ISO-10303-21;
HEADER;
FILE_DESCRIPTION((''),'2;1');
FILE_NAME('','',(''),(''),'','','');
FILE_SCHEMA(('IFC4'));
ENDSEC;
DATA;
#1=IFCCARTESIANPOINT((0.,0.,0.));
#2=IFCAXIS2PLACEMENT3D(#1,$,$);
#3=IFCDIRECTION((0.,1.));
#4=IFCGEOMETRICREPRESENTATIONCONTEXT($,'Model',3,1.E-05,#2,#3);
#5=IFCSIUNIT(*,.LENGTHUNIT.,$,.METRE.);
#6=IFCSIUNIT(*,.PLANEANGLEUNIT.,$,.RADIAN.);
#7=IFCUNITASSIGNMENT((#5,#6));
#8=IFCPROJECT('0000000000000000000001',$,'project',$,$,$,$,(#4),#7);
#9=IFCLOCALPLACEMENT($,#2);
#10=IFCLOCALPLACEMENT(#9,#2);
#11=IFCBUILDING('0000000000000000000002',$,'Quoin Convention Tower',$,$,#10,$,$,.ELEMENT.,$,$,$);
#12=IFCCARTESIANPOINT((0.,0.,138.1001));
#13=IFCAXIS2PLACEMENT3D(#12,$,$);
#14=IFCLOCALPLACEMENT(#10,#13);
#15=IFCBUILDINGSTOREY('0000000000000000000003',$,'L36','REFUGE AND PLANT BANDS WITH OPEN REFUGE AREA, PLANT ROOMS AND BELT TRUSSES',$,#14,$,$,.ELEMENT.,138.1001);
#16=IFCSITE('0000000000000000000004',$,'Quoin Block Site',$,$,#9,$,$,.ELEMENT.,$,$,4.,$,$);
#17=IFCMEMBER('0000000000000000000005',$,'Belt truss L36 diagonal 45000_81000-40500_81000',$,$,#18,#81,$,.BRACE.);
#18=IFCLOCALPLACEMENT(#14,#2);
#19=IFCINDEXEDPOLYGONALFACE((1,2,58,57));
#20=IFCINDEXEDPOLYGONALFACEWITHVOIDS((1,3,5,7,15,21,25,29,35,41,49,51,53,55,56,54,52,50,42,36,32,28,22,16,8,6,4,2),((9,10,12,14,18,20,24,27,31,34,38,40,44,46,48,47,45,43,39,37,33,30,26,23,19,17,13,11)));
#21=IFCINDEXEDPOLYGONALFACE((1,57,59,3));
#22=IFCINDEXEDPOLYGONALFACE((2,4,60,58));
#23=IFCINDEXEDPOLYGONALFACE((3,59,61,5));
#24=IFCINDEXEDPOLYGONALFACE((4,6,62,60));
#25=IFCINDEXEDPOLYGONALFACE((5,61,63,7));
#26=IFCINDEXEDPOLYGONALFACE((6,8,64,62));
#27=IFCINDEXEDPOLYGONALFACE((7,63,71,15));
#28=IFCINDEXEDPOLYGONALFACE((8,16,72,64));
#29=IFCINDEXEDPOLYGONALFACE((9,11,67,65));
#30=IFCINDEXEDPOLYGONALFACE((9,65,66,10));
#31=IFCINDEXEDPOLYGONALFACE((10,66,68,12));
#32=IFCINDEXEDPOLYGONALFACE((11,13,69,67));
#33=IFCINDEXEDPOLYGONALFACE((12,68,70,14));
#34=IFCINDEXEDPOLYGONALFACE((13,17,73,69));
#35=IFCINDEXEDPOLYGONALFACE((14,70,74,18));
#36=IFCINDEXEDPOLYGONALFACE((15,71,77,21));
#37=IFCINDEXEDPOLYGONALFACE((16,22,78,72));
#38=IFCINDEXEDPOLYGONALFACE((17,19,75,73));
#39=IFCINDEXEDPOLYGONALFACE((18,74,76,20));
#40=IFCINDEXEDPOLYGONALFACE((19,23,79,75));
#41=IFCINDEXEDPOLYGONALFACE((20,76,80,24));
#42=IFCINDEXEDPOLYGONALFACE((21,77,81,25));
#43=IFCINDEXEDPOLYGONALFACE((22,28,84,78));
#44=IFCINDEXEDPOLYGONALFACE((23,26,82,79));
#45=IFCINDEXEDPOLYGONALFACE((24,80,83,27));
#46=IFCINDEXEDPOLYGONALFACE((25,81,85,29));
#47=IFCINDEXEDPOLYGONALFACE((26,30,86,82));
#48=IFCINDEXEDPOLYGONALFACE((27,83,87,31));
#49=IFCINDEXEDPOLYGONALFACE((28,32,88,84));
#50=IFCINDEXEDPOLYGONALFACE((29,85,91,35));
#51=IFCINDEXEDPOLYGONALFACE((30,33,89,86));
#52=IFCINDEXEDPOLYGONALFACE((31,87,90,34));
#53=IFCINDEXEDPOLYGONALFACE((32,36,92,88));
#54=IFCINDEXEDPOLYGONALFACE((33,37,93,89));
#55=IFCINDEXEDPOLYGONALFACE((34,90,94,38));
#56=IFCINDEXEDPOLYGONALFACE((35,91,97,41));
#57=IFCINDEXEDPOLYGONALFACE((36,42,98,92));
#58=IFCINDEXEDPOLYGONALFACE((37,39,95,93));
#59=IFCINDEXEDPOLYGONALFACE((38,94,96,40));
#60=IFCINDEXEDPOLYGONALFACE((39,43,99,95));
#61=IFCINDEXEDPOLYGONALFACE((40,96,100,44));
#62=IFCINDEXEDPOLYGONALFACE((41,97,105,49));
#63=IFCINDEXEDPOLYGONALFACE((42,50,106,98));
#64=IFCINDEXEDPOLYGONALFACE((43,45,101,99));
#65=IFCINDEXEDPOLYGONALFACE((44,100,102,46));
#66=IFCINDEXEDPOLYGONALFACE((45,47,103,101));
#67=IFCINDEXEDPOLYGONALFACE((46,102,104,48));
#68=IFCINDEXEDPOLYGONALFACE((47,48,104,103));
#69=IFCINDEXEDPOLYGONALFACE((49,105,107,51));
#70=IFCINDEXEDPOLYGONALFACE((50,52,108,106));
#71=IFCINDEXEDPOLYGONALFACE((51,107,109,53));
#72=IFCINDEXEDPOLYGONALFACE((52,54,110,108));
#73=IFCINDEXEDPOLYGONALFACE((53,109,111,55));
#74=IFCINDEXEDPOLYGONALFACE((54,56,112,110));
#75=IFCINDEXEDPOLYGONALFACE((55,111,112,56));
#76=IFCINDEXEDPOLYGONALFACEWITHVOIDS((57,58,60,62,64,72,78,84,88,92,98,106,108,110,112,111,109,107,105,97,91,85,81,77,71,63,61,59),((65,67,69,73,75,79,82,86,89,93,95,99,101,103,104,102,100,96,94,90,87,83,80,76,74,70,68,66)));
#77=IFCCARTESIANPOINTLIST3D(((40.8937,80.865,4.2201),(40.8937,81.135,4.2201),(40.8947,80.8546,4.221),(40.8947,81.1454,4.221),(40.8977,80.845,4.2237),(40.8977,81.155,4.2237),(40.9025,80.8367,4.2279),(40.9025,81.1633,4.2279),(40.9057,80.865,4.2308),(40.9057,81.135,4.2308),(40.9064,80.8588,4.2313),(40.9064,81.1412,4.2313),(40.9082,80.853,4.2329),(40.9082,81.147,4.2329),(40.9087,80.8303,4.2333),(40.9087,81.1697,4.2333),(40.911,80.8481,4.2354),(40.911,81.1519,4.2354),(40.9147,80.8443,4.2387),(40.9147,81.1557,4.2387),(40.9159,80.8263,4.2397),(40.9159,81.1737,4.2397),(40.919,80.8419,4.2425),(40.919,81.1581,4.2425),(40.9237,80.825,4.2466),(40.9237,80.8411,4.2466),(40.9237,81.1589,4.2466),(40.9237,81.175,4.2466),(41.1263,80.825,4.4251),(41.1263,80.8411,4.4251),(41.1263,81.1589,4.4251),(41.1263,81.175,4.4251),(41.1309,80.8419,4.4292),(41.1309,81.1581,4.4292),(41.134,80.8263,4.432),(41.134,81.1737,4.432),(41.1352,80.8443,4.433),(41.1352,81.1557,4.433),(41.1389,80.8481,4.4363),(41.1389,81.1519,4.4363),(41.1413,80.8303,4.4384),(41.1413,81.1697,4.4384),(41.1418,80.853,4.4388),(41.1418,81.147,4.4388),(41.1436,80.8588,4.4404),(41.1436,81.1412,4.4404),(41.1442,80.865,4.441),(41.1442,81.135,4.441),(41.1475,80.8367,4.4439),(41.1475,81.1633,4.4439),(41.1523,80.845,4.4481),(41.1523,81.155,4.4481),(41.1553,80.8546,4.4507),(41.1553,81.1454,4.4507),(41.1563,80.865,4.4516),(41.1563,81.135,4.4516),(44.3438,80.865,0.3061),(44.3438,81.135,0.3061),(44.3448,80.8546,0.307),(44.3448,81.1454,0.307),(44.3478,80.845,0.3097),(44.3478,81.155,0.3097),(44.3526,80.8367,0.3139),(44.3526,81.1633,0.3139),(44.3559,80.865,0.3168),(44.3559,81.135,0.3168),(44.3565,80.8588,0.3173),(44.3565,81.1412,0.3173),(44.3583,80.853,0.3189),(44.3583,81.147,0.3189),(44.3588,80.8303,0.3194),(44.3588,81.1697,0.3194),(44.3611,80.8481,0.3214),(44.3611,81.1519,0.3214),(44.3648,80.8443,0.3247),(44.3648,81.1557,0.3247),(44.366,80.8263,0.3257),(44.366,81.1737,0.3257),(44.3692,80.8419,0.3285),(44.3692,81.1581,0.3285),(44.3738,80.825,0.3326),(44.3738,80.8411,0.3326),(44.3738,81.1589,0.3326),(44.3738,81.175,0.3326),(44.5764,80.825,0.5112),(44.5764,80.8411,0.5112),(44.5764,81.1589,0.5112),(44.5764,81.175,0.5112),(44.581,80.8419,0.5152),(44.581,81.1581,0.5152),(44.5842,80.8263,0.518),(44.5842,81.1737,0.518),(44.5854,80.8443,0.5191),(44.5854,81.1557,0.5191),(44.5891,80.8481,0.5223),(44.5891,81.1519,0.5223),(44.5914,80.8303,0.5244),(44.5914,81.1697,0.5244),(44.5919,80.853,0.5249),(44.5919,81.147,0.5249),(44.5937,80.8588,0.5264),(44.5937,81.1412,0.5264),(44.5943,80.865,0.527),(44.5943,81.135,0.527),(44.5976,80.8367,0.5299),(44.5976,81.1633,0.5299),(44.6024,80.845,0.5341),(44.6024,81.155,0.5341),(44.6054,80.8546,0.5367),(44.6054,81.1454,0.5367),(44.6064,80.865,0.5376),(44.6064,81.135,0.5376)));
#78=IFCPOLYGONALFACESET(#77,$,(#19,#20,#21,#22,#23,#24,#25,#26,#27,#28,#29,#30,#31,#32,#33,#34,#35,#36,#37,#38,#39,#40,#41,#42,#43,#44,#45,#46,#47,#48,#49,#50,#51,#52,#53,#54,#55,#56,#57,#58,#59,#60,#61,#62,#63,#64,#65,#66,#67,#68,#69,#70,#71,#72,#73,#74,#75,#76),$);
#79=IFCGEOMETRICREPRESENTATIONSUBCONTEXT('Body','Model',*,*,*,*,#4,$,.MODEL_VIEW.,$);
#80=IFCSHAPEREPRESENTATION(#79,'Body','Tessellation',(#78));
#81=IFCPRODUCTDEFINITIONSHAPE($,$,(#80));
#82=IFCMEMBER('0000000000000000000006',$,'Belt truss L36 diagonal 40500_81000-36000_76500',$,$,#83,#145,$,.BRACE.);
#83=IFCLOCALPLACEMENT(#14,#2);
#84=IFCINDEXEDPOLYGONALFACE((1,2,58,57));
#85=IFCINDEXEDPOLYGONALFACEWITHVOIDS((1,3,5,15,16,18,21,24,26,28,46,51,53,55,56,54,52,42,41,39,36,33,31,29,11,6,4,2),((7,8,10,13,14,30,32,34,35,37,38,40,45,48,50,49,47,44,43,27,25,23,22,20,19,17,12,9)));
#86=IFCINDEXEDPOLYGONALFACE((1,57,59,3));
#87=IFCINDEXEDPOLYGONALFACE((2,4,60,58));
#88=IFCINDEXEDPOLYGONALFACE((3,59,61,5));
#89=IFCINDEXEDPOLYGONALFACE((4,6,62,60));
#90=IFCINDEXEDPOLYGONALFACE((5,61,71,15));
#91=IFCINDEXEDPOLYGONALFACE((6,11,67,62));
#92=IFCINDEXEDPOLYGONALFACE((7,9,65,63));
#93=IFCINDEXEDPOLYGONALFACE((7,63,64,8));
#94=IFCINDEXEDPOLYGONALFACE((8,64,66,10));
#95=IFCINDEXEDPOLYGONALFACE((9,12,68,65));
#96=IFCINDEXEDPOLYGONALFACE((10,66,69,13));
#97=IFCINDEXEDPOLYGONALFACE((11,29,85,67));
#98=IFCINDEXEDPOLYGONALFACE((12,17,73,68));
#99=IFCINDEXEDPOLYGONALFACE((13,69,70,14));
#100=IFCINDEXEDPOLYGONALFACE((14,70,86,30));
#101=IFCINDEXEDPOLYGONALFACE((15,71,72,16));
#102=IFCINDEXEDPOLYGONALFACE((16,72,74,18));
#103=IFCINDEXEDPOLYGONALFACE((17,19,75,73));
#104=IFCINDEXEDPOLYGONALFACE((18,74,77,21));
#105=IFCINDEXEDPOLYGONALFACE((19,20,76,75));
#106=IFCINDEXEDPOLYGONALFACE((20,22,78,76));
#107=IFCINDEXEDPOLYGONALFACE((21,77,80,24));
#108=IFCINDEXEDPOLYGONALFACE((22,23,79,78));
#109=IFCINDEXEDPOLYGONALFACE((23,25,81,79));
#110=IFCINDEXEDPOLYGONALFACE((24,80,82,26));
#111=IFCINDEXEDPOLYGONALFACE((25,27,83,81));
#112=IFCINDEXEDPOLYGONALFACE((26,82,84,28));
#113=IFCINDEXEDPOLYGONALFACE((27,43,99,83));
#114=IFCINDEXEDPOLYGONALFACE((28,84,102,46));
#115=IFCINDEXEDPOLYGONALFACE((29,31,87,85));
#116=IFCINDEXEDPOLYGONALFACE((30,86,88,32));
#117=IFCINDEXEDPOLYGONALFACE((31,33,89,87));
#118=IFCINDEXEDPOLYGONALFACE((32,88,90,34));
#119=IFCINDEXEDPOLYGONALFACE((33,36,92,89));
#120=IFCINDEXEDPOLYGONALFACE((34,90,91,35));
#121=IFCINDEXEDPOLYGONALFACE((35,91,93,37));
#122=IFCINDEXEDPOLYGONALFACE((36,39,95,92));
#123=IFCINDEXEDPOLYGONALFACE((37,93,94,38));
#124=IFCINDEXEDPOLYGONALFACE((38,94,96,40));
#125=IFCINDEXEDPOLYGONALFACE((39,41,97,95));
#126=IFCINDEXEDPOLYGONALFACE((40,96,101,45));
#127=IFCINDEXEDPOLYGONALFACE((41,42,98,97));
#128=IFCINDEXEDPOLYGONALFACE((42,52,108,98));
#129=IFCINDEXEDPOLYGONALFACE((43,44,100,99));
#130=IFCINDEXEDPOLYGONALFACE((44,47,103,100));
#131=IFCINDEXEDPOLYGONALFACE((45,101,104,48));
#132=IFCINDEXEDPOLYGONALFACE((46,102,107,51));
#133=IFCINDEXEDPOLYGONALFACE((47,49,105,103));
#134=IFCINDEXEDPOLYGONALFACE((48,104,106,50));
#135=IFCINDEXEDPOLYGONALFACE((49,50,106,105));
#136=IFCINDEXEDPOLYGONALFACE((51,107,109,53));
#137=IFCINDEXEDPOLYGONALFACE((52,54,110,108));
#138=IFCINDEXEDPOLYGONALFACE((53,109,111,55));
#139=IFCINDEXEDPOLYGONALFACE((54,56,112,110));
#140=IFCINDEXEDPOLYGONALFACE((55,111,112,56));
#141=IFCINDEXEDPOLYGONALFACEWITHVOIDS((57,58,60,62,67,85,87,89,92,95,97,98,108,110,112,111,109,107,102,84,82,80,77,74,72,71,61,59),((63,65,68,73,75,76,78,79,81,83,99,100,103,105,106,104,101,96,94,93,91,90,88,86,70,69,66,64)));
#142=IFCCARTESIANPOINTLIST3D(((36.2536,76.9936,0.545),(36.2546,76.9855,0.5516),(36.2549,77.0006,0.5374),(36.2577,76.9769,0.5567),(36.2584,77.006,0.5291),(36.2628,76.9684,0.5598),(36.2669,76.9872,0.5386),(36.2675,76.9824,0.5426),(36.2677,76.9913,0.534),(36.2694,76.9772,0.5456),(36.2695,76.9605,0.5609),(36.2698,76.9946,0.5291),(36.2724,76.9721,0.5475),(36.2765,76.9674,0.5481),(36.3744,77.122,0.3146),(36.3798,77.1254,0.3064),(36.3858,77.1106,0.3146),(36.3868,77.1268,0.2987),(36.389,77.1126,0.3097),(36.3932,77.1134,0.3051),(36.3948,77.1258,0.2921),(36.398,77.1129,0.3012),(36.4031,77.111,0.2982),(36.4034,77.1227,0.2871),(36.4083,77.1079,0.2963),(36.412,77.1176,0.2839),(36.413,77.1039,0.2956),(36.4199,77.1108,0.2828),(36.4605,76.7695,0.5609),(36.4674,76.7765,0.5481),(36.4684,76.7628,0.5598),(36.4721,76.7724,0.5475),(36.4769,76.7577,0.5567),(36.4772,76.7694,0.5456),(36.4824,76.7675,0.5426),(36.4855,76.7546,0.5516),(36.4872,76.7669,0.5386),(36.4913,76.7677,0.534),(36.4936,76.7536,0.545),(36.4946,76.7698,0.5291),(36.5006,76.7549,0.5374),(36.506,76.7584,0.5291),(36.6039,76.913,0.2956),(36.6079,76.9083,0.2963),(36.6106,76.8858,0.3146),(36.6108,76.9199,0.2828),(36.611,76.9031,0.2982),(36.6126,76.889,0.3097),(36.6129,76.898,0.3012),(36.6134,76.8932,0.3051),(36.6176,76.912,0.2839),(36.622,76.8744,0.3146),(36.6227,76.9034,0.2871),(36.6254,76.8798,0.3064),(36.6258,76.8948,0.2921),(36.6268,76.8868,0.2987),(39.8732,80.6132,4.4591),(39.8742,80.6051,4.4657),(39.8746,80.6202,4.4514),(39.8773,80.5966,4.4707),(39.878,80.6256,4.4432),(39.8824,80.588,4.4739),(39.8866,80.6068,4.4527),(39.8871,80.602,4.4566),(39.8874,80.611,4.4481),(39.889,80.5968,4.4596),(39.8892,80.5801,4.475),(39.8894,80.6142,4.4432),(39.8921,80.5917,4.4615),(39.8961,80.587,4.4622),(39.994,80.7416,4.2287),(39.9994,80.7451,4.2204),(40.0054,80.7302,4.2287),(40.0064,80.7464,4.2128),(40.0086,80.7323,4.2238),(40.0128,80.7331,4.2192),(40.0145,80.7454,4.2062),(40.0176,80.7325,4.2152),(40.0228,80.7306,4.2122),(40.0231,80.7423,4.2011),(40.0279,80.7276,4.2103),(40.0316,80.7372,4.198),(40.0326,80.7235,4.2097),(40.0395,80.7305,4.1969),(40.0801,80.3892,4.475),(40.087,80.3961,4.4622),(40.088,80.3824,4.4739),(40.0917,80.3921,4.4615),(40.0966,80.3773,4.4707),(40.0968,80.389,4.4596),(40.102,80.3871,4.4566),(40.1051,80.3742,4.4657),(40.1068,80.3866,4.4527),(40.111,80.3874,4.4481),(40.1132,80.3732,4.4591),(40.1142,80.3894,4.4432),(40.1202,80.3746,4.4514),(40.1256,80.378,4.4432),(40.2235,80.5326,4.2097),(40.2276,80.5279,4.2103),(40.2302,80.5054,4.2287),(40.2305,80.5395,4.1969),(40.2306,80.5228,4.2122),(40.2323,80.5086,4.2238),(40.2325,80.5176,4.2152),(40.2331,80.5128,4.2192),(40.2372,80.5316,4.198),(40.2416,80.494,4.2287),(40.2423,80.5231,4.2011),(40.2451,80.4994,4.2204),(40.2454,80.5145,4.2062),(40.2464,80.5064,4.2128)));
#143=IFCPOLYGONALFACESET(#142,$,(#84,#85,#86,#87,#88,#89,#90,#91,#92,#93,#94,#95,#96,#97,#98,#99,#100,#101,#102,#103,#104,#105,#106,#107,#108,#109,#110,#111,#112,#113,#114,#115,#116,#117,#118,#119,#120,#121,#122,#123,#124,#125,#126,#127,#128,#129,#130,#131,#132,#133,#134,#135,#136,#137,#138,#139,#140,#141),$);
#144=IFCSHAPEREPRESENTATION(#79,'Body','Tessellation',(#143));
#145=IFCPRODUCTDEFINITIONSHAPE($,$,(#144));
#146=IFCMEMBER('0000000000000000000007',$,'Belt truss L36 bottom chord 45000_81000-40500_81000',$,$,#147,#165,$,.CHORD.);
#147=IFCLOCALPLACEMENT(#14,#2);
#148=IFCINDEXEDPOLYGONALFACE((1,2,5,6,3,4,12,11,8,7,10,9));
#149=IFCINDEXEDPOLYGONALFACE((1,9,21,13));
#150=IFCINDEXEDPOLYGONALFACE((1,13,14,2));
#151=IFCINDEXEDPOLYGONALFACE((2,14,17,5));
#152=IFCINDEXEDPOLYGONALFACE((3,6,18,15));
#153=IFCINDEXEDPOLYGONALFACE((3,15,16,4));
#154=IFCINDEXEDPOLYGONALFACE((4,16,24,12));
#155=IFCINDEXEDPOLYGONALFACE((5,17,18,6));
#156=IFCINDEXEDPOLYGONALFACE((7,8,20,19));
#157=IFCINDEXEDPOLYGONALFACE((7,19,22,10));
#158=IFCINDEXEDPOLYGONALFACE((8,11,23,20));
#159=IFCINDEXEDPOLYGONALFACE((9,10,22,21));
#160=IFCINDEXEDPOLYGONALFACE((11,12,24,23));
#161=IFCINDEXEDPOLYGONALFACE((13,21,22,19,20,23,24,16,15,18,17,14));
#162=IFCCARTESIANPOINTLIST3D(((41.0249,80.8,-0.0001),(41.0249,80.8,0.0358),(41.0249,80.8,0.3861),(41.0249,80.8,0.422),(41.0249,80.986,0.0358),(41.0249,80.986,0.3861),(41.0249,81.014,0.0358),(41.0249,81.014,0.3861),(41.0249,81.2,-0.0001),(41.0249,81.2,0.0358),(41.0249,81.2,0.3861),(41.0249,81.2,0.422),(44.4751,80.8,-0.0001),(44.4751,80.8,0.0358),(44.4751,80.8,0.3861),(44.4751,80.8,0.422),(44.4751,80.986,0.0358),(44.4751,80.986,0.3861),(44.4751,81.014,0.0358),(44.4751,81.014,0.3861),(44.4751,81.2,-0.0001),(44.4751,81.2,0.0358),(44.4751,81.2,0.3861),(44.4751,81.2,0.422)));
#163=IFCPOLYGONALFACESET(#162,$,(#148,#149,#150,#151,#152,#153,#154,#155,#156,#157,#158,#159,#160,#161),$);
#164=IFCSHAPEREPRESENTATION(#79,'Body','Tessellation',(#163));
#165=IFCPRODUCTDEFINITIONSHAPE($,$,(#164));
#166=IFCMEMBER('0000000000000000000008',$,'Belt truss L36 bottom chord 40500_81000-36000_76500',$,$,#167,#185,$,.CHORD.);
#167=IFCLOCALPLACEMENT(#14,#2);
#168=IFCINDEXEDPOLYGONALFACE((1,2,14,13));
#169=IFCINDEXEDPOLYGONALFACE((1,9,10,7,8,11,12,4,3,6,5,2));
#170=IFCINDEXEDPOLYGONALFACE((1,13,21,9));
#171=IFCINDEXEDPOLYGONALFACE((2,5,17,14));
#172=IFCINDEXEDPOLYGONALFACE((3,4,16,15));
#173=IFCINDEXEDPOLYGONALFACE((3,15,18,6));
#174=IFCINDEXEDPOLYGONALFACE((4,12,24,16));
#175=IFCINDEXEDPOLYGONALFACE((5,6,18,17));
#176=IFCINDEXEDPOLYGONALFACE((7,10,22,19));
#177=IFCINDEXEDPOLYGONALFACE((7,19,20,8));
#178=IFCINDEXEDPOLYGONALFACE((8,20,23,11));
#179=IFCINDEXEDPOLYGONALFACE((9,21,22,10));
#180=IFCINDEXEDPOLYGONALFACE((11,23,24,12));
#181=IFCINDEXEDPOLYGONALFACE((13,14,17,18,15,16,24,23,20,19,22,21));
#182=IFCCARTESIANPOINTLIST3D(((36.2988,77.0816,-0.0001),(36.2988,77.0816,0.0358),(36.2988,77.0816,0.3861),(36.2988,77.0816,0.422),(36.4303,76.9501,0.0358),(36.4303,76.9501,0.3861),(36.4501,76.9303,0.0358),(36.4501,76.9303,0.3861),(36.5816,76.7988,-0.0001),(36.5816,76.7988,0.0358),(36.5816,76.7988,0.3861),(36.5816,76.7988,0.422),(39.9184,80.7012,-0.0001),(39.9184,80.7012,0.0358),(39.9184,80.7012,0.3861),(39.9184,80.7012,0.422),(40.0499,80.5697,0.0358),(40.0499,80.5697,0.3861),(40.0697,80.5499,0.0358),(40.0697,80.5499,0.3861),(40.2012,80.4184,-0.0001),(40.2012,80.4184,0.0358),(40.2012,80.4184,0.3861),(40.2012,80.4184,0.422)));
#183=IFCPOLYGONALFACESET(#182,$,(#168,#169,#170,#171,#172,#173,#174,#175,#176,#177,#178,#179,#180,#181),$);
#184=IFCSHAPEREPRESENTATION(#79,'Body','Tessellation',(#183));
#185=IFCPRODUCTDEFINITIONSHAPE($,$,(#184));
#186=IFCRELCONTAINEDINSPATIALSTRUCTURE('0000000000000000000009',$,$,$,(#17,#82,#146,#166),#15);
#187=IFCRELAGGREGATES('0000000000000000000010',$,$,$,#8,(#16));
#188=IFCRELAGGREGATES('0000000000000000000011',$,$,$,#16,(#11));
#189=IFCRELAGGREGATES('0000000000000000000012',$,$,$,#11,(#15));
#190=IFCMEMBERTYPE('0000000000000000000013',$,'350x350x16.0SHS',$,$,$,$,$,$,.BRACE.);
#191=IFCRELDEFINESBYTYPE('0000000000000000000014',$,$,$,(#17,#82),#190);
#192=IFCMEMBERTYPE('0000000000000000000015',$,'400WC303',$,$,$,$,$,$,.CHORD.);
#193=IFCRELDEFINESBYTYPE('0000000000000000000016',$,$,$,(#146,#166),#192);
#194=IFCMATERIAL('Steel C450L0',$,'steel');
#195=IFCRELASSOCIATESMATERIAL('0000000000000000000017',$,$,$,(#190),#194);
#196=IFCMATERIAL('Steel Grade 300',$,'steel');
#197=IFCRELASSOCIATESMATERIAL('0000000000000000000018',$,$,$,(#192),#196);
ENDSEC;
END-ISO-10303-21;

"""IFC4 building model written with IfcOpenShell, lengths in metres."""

from ifc_helpers import new_model, si_unit, direction, frame, origin, origin_2d, place, context, subcontext, project, spatial, hollow_rectangle, i_section, extrude, material, material_profile, profile_set, type_object, element, save


model = new_model("IFC4")

# Units and contexts
model_context = context("Model", 3, precision=1e-05, world=origin(), true_north=direction((0.0, 1.0)))
body_context = subcontext(model_context, "Body", "Model", "MODEL_VIEW")
ifc_project = project(units=[si_unit("LENGTHUNIT", "METRE"), si_unit("PLANEANGLEUNIT", "RADIAN")], contexts=[model_context])

# Site, building, storey
site_placement = place(None, origin())
site = spatial("IfcSite", under=ifc_project, at=site_placement, Name="Quoin Block Site", CompositionType="ELEMENT", RefElevation=4.0)
building_placement = place(site_placement, origin())
building = spatial("IfcBuilding", under=site, at=building_placement, Name="Quoin Convention Tower", CompositionType="ELEMENT")
storey_placement = place(building_placement, frame((0.0, 0.0, 138.1001)))
storey = spatial("IfcBuildingStorey", under=building, at=storey_placement, Name="L36", Description="REFUGE AND PLANT BANDS WITH OPEN REFUGE AREA, PLANT ROOMS AND BELT TRUSSES", CompositionType="ELEMENT", Elevation=138.1001)

# Shared definitions
ifc_material_1 = material(Name="Steel C450L0", Category="steel")

# Members
ifc_material_profile_1 = material_profile(ifc_material_1, hollow_rectangle(XDim=0.3501, YDim=0.3501, WallThickness=0.0161, InnerFilletRadius=0.0239, OuterFilletRadius=0.04, at=origin_2d()), Name="350x350x16.0SHS")
ifc_profile_set_1 = profile_set([ifc_material_profile_1], Name="Steel C450L0")
member_type_1 = type_object("IfcMemberType", Name="350x350x16.0SHS", PredefinedType="BRACE", material=ifc_profile_set_1)
for number, where, z_axis, x_axis, name in (
    (1, (44.4751, 81.0, 0.4219), (-0.661256, 0.0, 0.75016), (0.0, -1.0, 0.0), "Belt truss L36 diagonal 45000_81000-40500_81000"),
):
    element("IfcMember", number, at=place(storey_placement, frame(where, z_axis=z_axis, x_axis=x_axis)), inside=storey, type_object=member_type_1, Name=name, PredefinedType="BRACE", context=body_context, shape_type="SweptSolid", body=[
        extrude(hollow_rectangle(XDim=0.3501, YDim=0.3501, WallThickness=0.0161, InnerFilletRadius=0.0239, OuterFilletRadius=0.04, at=origin_2d()), origin(), (0.0, 0.0, 1.0), 5.2175),
    ])
member_1_placement = place(storey_placement, frame((36.4402, 76.9402, 0.4219), z_axis=(0.561718, 0.561718, 0.60741), x_axis=(-0.707107, 0.707107, 0.0)))
element("IfcMember", 2, at=member_1_placement, inside=storey, type_object=member_type_1, Name="Belt truss L36 diagonal 40500_81000-36000_76500", PredefinedType="BRACE", context=body_context, shape_type="SweptSolid", body=[
    extrude(hollow_rectangle(XDim=0.3501, YDim=0.3501, WallThickness=0.0161, InnerFilletRadius=0.0239, OuterFilletRadius=0.04, at=origin_2d()), origin(), (0.0, 0.0, 1.0), 6.4438),
])
ifc_material_2 = material(Name="Steel Grade 300", Category="steel")
ifc_material_profile_2 = material_profile(ifc_material_2, i_section(OverallWidth=0.3999, OverallDepth=0.4221, WebThickness=0.0281, FlangeThickness=0.0359, at=origin_2d()), Name="400WC303")
ifc_profile_set_2 = profile_set([ifc_material_profile_2], Name="Steel Grade 300")
member_type_2 = type_object("IfcMemberType", Name="400WC303", PredefinedType="CHORD", material=ifc_profile_set_2)
member_2_placement = place(storey_placement, frame((44.4751, 81.0, 0.2109), z_axis=(-1.0, 0.0, 0.0), x_axis=(0.0, -1.0, 0.0)))
element("IfcMember", 3, at=member_2_placement, inside=storey, type_object=member_type_2, Name="Belt truss L36 bottom chord 45000_81000-40500_81000", PredefinedType="CHORD", context=body_context, shape_type="SweptSolid", body=[
    extrude(i_section(OverallWidth=0.3999, OverallDepth=0.4221, WebThickness=0.0281, FlangeThickness=0.0359, at=origin_2d()), origin(), (0.0, 0.0, 1.0), 3.4502),
])
member_3_placement = place(storey_placement, frame((40.0598, 80.5598, 0.2109), z_axis=(-0.707107, -0.707107, 0.0), x_axis=(0.707107, -0.707107, 0.0)))
element("IfcMember", 4, at=member_3_placement, inside=storey, type_object=member_type_2, Name="Belt truss L36 bottom chord 40500_81000-36000_76500", PredefinedType="CHORD", context=body_context, shape_type="SweptSolid", body=[
    extrude(i_section(OverallWidth=0.3999, OverallDepth=0.4221, WebThickness=0.0281, FlangeThickness=0.0359, at=origin_2d()), origin(), (0.0, 0.0, 1.0), 5.1189),
])

save(model, "model.ifc")
